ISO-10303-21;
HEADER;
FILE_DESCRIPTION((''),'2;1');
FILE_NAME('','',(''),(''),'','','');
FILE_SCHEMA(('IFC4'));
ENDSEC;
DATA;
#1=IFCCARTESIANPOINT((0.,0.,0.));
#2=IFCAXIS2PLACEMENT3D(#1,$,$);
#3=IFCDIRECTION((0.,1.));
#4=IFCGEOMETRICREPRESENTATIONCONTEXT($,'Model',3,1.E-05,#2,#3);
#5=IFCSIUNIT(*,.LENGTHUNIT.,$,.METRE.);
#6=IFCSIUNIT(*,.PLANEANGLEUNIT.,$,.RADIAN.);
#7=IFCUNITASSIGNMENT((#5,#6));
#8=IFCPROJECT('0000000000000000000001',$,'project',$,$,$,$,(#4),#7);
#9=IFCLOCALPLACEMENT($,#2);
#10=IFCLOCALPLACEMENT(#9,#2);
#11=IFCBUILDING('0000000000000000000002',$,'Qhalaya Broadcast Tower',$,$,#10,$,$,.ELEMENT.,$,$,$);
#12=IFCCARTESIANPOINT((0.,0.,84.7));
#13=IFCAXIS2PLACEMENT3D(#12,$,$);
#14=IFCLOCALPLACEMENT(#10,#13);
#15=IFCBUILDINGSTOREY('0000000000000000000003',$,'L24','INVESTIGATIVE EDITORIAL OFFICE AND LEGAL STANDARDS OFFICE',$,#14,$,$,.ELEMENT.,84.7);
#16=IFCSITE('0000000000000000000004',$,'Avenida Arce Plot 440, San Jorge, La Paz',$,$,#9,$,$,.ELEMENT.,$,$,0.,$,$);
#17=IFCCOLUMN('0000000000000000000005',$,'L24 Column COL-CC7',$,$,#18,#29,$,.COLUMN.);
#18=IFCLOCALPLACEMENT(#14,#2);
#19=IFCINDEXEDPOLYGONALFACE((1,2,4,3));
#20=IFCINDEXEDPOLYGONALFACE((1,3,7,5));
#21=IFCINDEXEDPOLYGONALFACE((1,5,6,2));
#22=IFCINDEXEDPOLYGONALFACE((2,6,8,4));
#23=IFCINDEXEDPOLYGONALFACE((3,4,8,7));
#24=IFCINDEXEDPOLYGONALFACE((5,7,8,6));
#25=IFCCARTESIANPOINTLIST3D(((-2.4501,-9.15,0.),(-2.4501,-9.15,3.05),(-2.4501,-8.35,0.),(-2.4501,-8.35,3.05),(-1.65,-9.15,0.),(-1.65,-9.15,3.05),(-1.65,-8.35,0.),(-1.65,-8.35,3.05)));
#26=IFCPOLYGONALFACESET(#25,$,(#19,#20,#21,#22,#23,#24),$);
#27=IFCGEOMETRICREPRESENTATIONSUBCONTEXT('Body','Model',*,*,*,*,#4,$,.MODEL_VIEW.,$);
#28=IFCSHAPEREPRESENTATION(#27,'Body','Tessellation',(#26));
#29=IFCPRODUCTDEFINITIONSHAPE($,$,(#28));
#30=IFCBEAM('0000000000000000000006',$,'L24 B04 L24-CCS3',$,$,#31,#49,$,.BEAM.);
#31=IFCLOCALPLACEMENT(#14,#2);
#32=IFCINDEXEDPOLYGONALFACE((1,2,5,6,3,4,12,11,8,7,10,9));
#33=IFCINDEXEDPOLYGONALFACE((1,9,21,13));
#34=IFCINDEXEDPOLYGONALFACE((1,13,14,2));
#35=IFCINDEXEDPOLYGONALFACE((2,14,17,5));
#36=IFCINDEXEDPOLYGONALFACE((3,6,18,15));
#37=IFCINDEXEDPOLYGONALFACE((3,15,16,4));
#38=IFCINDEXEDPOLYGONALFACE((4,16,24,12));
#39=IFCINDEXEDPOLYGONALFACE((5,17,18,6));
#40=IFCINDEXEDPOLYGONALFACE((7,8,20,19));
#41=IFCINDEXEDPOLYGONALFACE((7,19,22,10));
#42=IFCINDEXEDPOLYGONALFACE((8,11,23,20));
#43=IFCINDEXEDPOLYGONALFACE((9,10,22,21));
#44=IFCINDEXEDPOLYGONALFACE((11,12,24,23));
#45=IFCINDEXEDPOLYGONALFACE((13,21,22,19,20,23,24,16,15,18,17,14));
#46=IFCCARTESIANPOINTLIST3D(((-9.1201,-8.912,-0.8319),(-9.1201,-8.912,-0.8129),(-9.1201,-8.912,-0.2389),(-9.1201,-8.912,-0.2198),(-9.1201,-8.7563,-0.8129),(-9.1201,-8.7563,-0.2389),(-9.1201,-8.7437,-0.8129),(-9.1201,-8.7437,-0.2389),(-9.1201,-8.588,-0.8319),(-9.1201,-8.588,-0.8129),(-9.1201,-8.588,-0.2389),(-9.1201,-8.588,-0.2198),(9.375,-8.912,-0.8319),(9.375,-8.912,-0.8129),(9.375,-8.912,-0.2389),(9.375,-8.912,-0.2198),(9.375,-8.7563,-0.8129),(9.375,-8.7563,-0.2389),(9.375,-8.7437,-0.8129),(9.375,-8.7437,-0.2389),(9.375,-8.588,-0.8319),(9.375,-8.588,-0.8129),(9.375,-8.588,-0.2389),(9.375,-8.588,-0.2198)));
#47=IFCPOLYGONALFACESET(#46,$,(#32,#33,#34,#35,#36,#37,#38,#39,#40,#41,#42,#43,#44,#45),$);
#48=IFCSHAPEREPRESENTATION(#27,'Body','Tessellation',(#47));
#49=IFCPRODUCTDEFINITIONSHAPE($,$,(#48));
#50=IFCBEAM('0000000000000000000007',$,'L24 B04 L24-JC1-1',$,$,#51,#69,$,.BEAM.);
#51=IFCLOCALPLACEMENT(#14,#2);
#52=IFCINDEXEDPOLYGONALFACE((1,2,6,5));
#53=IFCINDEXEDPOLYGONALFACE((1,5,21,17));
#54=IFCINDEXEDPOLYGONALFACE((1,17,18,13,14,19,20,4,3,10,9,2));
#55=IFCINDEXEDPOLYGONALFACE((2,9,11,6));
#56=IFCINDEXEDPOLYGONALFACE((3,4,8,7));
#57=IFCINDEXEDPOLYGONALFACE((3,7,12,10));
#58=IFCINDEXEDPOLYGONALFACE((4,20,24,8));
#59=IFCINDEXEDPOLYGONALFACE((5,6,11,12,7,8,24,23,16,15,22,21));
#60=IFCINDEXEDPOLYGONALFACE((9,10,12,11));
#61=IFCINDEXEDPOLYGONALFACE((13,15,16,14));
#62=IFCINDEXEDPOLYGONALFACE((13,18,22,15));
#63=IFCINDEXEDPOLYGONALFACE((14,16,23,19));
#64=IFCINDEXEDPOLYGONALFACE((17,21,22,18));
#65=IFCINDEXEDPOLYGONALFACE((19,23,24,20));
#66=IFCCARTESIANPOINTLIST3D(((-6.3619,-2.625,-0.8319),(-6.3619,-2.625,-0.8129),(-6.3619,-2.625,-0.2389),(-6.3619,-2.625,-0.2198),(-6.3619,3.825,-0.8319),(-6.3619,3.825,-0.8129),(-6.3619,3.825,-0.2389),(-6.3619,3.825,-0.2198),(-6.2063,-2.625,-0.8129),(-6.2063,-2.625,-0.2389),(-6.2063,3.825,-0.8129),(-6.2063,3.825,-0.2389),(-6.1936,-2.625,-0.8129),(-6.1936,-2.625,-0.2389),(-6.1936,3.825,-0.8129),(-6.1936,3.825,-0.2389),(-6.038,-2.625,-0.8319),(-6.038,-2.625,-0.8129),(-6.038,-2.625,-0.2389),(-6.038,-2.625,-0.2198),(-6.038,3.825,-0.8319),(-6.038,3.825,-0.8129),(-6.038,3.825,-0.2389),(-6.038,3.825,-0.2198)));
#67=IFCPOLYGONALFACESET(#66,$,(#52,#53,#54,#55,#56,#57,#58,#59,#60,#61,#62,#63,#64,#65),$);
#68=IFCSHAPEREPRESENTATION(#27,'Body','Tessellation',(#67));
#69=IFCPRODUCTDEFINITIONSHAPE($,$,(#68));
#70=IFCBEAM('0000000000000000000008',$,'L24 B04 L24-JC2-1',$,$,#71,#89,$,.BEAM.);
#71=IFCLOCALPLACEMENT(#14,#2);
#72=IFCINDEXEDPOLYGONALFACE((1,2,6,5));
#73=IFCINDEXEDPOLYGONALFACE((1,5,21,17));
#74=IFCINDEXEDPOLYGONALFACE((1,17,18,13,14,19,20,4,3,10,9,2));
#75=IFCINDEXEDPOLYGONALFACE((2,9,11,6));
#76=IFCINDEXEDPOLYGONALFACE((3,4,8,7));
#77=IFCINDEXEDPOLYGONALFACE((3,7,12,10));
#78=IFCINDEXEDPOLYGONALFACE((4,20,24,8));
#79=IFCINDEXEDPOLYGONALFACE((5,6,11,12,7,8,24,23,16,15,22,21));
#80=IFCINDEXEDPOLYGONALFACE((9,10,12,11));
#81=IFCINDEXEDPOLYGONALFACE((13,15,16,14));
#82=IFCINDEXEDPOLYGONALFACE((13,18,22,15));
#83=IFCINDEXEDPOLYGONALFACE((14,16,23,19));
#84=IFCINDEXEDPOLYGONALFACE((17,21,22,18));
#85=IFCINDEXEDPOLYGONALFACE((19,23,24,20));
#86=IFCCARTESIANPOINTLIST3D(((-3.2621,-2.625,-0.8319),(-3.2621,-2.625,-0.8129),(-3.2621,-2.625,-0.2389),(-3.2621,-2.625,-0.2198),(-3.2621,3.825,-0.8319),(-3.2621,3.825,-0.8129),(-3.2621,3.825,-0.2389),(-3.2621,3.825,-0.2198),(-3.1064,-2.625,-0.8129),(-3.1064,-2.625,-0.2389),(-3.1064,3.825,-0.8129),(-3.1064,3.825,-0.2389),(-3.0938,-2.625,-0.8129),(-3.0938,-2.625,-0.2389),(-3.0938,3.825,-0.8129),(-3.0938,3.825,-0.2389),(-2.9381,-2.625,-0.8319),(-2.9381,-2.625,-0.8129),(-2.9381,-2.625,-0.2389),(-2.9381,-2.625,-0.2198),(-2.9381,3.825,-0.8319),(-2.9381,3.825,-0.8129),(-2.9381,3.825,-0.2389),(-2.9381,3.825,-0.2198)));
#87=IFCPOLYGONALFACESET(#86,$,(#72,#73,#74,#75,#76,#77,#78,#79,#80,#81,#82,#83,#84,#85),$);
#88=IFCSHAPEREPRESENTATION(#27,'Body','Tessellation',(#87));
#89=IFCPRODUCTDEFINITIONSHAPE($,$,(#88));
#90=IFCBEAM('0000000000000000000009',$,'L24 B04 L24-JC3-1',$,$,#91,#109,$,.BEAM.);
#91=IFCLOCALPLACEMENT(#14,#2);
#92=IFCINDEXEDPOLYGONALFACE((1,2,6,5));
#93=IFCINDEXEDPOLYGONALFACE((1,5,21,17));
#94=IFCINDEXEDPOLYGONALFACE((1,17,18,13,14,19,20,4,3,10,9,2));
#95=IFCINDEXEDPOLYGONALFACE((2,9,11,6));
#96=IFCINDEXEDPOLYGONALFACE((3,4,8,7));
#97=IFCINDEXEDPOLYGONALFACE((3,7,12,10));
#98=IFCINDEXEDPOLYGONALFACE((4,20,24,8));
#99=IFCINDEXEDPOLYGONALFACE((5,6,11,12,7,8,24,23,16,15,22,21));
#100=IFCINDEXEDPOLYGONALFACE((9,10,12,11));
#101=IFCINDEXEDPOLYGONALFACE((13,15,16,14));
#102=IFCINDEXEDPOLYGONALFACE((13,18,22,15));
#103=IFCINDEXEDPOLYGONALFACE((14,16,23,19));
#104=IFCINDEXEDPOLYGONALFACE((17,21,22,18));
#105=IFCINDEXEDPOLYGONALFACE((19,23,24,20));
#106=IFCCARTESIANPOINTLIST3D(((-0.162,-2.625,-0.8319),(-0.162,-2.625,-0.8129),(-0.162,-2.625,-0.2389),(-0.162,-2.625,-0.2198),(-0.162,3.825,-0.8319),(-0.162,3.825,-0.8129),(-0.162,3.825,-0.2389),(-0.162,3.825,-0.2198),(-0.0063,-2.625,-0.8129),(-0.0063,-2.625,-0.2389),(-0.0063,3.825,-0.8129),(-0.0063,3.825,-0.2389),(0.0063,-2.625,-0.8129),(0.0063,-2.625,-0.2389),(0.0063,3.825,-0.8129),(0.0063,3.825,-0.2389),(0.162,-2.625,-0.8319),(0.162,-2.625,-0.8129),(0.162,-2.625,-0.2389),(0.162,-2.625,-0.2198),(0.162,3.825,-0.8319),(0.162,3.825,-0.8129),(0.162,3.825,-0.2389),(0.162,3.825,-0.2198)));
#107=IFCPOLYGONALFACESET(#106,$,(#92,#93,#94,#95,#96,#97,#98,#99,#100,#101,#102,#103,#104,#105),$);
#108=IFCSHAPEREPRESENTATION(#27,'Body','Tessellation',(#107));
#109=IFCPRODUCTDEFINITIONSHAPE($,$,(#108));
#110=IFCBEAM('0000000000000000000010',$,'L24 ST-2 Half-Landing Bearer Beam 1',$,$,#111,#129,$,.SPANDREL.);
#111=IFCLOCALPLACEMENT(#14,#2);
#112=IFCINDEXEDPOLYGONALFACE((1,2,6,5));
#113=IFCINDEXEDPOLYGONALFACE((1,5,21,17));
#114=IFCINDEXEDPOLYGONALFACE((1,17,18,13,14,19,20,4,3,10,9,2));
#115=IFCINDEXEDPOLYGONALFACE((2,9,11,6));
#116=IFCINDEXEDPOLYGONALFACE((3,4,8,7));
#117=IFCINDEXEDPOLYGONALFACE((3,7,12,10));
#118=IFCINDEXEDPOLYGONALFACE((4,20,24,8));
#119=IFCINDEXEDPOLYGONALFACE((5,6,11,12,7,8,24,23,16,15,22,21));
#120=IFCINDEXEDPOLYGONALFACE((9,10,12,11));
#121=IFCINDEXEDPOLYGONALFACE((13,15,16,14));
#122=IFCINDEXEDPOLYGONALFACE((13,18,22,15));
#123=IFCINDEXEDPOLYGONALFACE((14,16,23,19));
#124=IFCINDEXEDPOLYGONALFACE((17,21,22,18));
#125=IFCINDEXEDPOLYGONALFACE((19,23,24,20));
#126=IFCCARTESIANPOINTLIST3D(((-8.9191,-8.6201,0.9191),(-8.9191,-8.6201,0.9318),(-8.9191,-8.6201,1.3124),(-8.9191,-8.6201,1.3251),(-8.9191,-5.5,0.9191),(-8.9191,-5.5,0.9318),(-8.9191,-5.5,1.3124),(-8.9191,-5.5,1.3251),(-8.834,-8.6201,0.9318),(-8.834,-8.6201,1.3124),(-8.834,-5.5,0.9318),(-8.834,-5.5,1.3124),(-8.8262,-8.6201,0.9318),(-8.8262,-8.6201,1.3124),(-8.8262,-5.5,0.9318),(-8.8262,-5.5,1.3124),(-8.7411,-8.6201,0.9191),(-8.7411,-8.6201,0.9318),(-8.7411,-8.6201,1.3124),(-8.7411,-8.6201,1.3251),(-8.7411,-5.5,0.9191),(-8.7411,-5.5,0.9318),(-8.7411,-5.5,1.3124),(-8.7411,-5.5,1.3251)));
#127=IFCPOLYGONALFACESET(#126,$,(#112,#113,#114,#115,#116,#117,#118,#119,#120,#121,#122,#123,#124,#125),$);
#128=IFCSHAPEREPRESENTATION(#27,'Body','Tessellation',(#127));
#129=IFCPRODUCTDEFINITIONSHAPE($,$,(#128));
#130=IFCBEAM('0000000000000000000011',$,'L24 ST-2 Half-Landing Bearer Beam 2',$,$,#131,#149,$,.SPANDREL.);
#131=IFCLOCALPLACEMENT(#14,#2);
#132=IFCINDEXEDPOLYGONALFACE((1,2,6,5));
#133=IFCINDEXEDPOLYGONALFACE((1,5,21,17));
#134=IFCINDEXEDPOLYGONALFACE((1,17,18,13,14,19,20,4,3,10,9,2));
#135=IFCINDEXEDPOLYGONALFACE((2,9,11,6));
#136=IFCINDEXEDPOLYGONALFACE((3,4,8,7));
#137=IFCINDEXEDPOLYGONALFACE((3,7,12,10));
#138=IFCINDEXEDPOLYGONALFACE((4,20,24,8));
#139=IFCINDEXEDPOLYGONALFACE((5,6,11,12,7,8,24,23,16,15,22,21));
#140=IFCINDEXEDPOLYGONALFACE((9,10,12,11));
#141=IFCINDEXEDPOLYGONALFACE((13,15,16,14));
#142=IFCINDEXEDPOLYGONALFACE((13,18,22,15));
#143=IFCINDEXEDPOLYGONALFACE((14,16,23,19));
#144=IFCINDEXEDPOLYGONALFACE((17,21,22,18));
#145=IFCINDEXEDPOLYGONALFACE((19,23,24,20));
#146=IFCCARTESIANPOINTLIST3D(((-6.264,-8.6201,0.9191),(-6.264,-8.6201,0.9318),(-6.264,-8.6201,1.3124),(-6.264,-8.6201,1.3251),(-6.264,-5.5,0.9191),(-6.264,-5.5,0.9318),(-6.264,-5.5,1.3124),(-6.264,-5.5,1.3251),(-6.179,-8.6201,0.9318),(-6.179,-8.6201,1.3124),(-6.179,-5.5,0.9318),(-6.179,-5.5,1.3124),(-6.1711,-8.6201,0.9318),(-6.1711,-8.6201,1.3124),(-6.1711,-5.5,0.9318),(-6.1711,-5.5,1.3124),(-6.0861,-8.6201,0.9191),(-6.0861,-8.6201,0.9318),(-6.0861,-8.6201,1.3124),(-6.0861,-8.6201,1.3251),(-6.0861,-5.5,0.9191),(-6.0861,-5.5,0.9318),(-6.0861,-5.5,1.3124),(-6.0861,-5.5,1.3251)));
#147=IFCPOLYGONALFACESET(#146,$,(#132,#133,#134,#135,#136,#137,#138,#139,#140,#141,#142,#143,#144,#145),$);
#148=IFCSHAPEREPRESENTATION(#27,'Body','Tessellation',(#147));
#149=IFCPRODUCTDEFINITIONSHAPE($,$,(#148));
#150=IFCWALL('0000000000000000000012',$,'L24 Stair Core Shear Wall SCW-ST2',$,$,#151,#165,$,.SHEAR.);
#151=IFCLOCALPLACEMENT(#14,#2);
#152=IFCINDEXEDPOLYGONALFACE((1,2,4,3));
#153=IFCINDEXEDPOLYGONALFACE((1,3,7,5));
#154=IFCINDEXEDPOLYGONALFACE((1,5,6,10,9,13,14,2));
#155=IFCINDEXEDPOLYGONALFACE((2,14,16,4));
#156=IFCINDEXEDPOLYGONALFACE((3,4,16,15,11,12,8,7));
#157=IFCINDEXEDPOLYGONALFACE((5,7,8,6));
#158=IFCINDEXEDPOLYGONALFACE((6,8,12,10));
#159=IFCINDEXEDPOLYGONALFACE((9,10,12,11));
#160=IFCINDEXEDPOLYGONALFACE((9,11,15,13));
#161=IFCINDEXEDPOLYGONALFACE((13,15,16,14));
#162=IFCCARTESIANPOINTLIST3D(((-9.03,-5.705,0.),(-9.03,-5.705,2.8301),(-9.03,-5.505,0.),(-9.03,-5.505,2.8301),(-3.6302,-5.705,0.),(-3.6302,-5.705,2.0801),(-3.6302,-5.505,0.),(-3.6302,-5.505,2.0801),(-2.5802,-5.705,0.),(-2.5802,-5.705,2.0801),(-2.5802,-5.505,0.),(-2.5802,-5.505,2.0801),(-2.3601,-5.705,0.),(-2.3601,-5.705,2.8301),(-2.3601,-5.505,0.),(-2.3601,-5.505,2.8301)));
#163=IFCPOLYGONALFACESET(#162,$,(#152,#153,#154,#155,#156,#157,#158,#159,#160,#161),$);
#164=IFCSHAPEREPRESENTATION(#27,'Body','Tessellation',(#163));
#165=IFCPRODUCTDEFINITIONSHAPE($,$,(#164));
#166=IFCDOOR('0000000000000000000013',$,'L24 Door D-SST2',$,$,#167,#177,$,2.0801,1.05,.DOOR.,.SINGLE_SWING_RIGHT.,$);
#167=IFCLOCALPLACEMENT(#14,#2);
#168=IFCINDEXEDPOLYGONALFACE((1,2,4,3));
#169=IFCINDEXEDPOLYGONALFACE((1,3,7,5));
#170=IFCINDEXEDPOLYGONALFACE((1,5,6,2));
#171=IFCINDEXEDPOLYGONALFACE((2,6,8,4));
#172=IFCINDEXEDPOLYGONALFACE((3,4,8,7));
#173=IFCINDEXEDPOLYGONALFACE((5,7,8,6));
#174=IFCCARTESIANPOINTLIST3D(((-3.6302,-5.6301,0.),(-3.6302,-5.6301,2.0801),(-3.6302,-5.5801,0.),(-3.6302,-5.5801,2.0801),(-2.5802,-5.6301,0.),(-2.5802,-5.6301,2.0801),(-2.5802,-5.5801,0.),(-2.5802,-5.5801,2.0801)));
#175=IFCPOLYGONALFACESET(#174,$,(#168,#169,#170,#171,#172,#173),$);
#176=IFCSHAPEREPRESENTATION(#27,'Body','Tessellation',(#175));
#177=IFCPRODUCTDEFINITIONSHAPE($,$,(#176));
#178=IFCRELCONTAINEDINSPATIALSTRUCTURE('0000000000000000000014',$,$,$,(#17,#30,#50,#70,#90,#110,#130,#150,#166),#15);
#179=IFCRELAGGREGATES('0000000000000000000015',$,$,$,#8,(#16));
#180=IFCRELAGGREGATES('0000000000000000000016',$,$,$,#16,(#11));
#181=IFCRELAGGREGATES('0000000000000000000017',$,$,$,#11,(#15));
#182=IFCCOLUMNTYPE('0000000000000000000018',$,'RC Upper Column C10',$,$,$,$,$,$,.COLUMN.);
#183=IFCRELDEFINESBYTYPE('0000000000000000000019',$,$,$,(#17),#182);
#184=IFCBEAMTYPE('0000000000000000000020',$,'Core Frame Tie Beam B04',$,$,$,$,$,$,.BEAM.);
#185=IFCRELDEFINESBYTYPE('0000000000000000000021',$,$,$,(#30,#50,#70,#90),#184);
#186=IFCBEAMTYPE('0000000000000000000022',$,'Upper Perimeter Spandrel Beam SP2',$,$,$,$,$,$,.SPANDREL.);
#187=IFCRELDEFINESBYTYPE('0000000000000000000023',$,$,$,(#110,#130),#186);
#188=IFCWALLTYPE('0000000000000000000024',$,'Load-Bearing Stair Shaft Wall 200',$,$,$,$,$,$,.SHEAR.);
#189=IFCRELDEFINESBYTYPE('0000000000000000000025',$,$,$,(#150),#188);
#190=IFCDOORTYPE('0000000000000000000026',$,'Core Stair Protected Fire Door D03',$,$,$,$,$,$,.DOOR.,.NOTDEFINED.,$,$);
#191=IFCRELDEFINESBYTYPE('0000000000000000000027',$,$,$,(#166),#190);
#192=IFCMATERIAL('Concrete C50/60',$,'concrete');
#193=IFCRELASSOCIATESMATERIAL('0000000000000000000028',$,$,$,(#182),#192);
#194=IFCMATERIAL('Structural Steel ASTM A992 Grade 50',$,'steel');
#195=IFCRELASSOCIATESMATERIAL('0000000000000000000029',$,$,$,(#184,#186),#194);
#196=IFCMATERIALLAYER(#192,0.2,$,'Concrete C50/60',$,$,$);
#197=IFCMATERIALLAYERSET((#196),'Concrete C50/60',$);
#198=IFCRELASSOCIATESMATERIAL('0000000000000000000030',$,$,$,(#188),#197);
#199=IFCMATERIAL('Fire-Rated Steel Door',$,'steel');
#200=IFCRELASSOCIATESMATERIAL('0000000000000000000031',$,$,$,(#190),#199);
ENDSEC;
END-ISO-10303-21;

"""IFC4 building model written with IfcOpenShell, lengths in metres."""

from ifc_helpers import new_model, si_unit, direction, frame, frame_2d, origin, origin_2d, place, context, subcontext, project, spatial, rectangle, i_section, extrude, material, layer, layer_set, material_profile, profile_set, type_object, element, fill, save


model = new_model("IFC4")

# Units and contexts
model_context = context("Model", 3, precision=1e-05, world=origin(), true_north=direction((0.0, 1.0)))
body_context = subcontext(model_context, "Body", "Model", "MODEL_VIEW")
ifc_project = project(units=[si_unit("LENGTHUNIT", "METRE"), si_unit("PLANEANGLEUNIT", "RADIAN")], contexts=[model_context])

# Site, building, storey
site_placement = place(None, origin())
site = spatial("IfcSite", under=ifc_project, at=site_placement, Name="Avenida Arce Plot 440, San Jorge, La Paz", CompositionType="ELEMENT", RefElevation=0.0)
building_placement = place(site_placement, origin())
building = spatial("IfcBuilding", under=site, at=building_placement, Name="Qhalaya Broadcast Tower", CompositionType="ELEMENT")
storey_placement = place(building_placement, frame((0.0, 0.0, 84.7)))
storey = spatial("IfcBuildingStorey", under=building, at=storey_placement, Name="L24", Description="INVESTIGATIVE EDITORIAL OFFICE AND LEGAL STANDARDS OFFICE", CompositionType="ELEMENT", Elevation=84.7)

# Column
ifc_material_1 = material(Name="Concrete C50/60", Category="concrete")
ifc_material_profile_1 = material_profile(ifc_material_1, rectangle(XDim=0.8, YDim=0.8, at=origin_2d()), Name="RC-COL 800x800")
ifc_profile_set_1 = profile_set([ifc_material_profile_1], Name="Concrete C50/60")
column_type = type_object("IfcColumnType", Name="RC Upper Column C10", PredefinedType="COLUMN", material=ifc_profile_set_1)
column_placement = place(storey_placement, frame((-2.05, -8.75, 0.0), z_axis=(0.0, 0.0, 1.0), x_axis=(1.0, 0.0, 0.0)))
element("IfcColumn", 1, at=column_placement, inside=storey, type_object=column_type, Name="L24 Column COL-CC7", PredefinedType="COLUMN", context=body_context, shape_type="SweptSolid", body=[
    extrude(rectangle(XDim=0.8, YDim=0.8, at=origin_2d()), origin(), (0.0, 0.0, 1.0), 3.05),
])

# Beams
ifc_material_2 = material(Name="Structural Steel ASTM A992 Grade 50", Category="steel")
ifc_material_profile_2 = material_profile(ifc_material_2, i_section(OverallWidth=0.324, OverallDepth=0.6121, WebThickness=0.0127, FlangeThickness=0.019, at=origin_2d()), Name="W24X104")
ifc_profile_set_2 = profile_set([ifc_material_profile_2], Name="Structural Steel ASTM A992 Grade 50")
beam_type_1 = type_object("IfcBeamType", Name="Core Frame Tie Beam B04", PredefinedType="BEAM", material=ifc_profile_set_2)
beam_placement = place(storey_placement, frame((-9.1201, -8.75, -0.5259), z_axis=(1.0, 0.0, 0.0), x_axis=(0.0, 1.0, 0.0)))
element("IfcBeam", 2, at=beam_placement, inside=storey, type_object=beam_type_1, Name="L24 B04 L24-CCS3", PredefinedType="BEAM", context=body_context, shape_type="SweptSolid", body=[
    extrude(i_section(OverallWidth=0.324, OverallDepth=0.6121, WebThickness=0.0127, FlangeThickness=0.019, at=origin_2d()), origin(), (0.0, 0.0, 1.0), 18.4951),
])
for number, where, z_axis, x_axis, name in (
    (3, (-6.2, -2.625, -0.5259), (0.0, 1.0, 0.0), (-1.0, 0.0, 0.0), "L24 B04 L24-JC1-1"),
    (4, (-3.1001, -2.625, -0.5259), (0.0, 1.0, 0.0), (-1.0, 0.0, 0.0), "L24 B04 L24-JC2-1"),
    (5, (0.0, -2.625, -0.5259), (0.0, 1.0, 0.0), (-1.0, 0.0, 0.0), "L24 B04 L24-JC3-1"),
):
    element("IfcBeam", number, at=place(storey_placement, frame(where, z_axis=z_axis, x_axis=x_axis)), inside=storey, type_object=beam_type_1, Name=name, PredefinedType="BEAM", context=body_context, shape_type="SweptSolid", body=[
        extrude(i_section(OverallWidth=0.324, OverallDepth=0.6121, WebThickness=0.0127, FlangeThickness=0.019, at=origin_2d()), origin(), (0.0, 0.0, 1.0), 6.45),
    ])
ifc_material_profile_3 = material_profile(ifc_material_2, i_section(OverallWidth=0.178, OverallDepth=0.406, WebThickness=0.0078, FlangeThickness=0.0127, at=origin_2d()), Name="W16X40")
ifc_profile_set_3 = profile_set([ifc_material_profile_3], Name="Structural Steel ASTM A992 Grade 50")
beam_type_2 = type_object("IfcBeamType", Name="Upper Perimeter Spandrel Beam SP2", PredefinedType="SPANDREL", material=ifc_profile_set_3)
for number, where, z_axis, x_axis, name in (
    (6, (-8.8301, -8.6201, 1.1221), (0.0, 1.0, 0.0), (-1.0, 0.0, 0.0), "L24 ST-2 Half-Landing Bearer Beam 1"),
    (7, (-6.175, -8.6201, 1.1221), (0.0, 1.0, 0.0), (-1.0, 0.0, 0.0), "L24 ST-2 Half-Landing Bearer Beam 2"),
):
    element("IfcBeam", number, at=place(storey_placement, frame(where, z_axis=z_axis, x_axis=x_axis)), inside=storey, type_object=beam_type_2, Name=name, PredefinedType="SPANDREL", context=body_context, shape_type="SweptSolid", body=[
        extrude(i_section(OverallWidth=0.178, OverallDepth=0.406, WebThickness=0.0078, FlangeThickness=0.0127, at=origin_2d()), origin(), (0.0, 0.0, 1.0), 3.1201),
    ])

# Wall, opening, door
ifc_layer_1 = layer(ifc_material_1, 0.2, Name="Concrete C50/60")
ifc_layer_set_1 = layer_set([ifc_layer_1], Name="Concrete C50/60")
wall_type_1 = type_object("IfcWallType", Name="Load-Bearing Stair Shaft Wall 200", PredefinedType="SHEAR", material=ifc_layer_set_1)
wall_1_placement = place(storey_placement, frame((-9.03, -5.605, 0.0), z_axis=(0.0, 0.0, 1.0), x_axis=(1.0, 0.0, 0.0)))
wall_1 = element("IfcWall", 8, at=wall_1_placement, inside=storey, type_object=wall_type_1, Name="L24 Stair Core Shear Wall SCW-ST2", PredefinedType="SHEAR", context=body_context, shape_type="SweptSolid", body=[
    extrude(rectangle(XDim=6.6699, YDim=0.2, at=frame_2d((3.335, 0.0))), origin(), (0.0, 0.0, 1.0), 2.8301),
])
opening_1_placement = place(wall_1_placement, frame((5.3999, 0.0, 0.0)))
opening_1 = element("IfcOpeningElement", 9, at=opening_1_placement, cuts=wall_1, PredefinedType="OPENING", context=body_context, shape_type="SweptSolid", body=[
    extrude(rectangle(XDim=1.05, YDim=2.0801, at=frame_2d((0.5249, 1.04))), frame((0.0, 0.1121, 0.0), z_axis=(0.0, -1.0, 0.0), x_axis=(1.0, 0.0, 0.0)), (0.0, 0.0, 1.0), 0.2239),
])
ifc_material_3 = material(Name="Fire-Rated Steel Door", Category="steel")
door_type_1 = type_object("IfcDoorType", Name="Core Stair Protected Fire Door D03", OperationType="NOTDEFINED", PredefinedType="DOOR", material=ifc_material_3)
door_1_placement = place(opening_1_placement, origin())
door_1 = element("IfcDoor", 10, at=door_1_placement, inside=storey, type_object=door_type_1, Name="L24 Door D-SST2", OperationType="SINGLE_SWING_RIGHT", OverallHeight=2.0801, OverallWidth=1.05, PredefinedType="DOOR", context=body_context, shape_type="SweptSolid", body=[
    extrude(rectangle(XDim=1.05, YDim=2.0801, at=frame_2d((0.5249, 1.04))), frame((0.0, 0.0249, 0.0), z_axis=(0.0, -1.0, 0.0), x_axis=(1.0, 0.0, 0.0)), (0.0, 0.0, 1.0), 0.05),
])
fill(opening_1, door_1)

save(model, "model.ifc")
